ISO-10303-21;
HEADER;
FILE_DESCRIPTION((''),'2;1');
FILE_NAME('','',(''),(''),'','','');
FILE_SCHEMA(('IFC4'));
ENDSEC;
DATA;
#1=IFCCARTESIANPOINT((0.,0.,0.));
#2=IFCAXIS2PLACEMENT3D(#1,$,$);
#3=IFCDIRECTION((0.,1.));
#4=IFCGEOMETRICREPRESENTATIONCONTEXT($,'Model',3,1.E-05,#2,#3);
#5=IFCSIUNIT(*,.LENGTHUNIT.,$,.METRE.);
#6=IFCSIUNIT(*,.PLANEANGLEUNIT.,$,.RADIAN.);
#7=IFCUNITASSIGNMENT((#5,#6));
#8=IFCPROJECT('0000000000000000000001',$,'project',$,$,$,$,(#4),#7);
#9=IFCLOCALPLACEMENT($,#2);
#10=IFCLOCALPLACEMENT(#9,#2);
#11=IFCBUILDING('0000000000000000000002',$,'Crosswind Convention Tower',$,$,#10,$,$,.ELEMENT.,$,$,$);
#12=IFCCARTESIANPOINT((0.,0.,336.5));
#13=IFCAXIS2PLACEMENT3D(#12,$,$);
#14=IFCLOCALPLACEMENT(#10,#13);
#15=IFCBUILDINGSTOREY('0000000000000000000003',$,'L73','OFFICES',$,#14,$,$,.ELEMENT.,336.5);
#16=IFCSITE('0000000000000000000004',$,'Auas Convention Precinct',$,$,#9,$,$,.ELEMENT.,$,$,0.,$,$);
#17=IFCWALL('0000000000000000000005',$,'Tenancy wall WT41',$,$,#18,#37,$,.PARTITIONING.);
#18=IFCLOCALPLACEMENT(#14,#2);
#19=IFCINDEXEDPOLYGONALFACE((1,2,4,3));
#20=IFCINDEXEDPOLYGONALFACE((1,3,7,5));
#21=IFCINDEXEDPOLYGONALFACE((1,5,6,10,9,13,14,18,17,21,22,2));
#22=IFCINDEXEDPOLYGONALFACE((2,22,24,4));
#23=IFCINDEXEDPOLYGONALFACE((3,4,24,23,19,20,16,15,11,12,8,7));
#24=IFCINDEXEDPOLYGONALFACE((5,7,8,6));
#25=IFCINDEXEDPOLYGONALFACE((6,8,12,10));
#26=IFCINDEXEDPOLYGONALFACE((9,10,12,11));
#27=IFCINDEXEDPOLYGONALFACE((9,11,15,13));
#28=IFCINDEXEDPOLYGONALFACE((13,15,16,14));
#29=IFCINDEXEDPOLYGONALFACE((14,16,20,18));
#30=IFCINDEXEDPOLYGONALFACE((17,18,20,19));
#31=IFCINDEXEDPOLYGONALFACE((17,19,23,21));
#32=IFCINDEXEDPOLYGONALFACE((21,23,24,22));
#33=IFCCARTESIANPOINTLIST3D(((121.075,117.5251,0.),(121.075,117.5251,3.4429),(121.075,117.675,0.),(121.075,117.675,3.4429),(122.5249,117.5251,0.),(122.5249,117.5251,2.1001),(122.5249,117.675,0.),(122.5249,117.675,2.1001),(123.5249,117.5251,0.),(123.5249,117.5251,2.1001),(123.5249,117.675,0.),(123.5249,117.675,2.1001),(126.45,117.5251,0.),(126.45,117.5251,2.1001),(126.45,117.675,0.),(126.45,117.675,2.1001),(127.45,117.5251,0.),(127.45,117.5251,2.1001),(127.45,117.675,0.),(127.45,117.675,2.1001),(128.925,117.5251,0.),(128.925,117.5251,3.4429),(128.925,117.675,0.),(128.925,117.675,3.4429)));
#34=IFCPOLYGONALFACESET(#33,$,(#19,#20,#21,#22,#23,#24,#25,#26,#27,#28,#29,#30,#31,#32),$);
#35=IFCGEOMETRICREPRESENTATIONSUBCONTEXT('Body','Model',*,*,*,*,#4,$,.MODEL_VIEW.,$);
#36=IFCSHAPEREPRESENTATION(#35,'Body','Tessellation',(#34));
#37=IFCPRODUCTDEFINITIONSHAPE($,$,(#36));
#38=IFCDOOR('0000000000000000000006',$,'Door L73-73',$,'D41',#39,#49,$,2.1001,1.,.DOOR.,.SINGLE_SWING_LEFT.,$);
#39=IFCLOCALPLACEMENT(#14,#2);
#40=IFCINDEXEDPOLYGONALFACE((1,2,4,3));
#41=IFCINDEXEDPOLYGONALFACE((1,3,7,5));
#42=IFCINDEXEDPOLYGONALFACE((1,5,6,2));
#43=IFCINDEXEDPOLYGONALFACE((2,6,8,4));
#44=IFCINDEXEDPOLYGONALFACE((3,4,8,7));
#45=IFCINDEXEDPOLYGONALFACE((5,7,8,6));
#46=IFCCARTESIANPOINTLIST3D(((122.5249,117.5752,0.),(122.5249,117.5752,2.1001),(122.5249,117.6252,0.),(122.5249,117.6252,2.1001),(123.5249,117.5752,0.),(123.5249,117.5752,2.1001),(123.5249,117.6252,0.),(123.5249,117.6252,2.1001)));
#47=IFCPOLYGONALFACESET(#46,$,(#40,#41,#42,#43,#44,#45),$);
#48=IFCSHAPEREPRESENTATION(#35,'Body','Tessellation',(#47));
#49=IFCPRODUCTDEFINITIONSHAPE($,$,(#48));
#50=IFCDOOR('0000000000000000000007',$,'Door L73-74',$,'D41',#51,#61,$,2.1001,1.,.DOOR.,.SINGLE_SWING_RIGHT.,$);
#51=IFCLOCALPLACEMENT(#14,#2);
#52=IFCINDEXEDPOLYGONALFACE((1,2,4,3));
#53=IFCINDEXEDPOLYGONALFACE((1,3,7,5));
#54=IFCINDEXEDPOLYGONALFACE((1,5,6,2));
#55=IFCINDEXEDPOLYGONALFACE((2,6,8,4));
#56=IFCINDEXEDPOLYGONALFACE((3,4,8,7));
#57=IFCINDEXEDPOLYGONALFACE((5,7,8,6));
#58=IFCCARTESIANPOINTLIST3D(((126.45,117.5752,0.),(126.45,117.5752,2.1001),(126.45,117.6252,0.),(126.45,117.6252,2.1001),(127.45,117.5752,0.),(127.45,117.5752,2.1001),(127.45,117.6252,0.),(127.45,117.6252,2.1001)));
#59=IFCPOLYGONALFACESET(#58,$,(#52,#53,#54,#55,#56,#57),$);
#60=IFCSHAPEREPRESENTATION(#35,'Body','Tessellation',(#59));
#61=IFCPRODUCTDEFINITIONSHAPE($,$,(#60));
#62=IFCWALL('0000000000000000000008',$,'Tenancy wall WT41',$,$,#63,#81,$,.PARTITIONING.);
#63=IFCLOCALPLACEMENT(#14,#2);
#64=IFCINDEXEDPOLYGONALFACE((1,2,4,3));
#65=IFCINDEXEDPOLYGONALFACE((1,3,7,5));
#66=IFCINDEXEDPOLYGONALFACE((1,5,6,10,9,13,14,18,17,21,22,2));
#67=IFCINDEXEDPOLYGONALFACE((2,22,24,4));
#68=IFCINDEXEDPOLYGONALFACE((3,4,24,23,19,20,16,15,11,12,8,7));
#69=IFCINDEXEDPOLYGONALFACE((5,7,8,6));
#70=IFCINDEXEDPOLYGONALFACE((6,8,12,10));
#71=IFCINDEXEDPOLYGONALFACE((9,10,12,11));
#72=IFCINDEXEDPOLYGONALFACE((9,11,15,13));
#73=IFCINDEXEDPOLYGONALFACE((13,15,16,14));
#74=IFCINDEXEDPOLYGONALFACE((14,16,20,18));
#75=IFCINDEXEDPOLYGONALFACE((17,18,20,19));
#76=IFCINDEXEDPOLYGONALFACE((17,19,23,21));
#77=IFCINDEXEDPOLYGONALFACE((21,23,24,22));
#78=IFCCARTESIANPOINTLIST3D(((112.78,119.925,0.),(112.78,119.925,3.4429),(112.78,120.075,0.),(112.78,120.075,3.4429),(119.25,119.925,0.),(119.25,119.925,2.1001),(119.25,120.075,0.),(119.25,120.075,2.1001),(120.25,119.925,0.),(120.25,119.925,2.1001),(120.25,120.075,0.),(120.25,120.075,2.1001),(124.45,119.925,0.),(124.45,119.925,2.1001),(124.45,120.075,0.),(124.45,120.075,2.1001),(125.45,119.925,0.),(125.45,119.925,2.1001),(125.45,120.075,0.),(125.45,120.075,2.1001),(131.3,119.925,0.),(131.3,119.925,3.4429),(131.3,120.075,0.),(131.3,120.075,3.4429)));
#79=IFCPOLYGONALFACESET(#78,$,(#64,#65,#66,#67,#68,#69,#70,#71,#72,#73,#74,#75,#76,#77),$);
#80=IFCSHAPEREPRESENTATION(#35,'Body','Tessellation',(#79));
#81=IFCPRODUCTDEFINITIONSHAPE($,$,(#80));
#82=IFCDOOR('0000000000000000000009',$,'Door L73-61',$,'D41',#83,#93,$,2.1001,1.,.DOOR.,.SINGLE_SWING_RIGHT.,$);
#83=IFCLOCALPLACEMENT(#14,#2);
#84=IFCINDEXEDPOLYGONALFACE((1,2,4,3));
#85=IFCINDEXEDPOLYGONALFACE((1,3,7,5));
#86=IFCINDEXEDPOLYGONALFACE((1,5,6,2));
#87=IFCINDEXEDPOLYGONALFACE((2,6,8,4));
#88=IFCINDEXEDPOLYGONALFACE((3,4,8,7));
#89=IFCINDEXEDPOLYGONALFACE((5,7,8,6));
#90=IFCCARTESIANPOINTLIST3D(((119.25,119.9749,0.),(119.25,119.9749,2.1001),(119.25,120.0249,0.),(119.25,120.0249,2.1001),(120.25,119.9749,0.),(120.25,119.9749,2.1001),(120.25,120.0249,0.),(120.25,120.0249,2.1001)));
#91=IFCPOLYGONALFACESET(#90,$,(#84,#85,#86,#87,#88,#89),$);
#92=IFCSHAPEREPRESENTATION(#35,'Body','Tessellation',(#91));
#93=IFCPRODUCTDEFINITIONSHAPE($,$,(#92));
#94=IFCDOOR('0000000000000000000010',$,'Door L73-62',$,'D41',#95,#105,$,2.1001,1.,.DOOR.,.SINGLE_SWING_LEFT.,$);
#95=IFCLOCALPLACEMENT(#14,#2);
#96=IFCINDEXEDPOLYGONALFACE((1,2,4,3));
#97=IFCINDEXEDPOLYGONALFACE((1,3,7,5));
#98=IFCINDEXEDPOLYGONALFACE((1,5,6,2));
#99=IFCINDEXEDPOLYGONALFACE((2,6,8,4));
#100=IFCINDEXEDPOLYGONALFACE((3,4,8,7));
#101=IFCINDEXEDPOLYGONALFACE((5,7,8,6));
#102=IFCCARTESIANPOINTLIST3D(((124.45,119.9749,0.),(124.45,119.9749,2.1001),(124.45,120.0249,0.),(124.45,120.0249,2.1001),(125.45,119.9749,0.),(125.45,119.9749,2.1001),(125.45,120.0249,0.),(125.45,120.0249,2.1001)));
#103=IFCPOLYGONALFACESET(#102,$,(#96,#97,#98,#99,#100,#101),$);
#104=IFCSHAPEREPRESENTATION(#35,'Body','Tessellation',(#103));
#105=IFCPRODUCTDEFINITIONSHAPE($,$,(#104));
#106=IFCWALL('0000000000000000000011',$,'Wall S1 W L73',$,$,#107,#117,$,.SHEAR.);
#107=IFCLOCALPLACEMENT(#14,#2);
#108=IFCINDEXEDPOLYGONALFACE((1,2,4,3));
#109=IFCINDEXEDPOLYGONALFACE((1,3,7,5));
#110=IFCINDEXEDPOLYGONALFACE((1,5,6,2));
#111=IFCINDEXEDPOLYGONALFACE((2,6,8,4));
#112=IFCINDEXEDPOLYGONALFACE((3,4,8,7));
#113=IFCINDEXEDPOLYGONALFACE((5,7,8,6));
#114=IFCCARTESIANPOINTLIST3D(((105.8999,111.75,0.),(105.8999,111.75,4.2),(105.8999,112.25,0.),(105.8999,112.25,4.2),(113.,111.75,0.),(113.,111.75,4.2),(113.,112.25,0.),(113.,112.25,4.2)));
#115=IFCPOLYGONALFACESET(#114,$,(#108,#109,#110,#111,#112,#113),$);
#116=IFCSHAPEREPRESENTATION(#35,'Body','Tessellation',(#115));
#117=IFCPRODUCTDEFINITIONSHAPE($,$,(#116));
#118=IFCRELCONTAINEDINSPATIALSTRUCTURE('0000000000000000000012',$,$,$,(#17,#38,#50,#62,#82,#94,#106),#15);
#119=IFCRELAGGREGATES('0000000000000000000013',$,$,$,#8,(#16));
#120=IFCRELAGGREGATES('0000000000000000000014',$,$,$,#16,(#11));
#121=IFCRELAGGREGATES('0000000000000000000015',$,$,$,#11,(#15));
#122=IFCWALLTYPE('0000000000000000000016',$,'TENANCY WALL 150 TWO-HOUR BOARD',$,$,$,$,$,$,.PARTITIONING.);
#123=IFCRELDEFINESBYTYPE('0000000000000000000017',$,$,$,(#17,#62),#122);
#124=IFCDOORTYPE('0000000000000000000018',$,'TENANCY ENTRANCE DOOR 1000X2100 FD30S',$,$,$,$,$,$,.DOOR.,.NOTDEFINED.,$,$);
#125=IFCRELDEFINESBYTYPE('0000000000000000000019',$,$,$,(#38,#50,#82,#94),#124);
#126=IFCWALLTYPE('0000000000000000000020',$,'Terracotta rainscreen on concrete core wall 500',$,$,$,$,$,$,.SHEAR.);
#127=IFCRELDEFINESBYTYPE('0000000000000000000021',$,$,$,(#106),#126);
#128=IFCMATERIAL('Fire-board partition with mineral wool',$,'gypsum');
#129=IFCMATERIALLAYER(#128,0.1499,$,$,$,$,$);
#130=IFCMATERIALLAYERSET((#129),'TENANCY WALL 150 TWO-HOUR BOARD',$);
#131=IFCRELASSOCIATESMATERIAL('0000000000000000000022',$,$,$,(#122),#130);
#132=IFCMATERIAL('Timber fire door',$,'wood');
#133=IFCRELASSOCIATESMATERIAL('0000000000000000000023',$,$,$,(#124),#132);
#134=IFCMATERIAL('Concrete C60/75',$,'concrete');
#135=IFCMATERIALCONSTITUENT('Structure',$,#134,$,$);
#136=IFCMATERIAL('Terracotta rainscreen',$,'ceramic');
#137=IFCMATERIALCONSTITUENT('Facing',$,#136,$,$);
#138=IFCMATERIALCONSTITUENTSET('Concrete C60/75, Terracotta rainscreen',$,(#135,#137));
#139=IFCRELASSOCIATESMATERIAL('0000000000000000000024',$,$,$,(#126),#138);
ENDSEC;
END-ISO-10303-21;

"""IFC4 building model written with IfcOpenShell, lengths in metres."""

from ifc_helpers import new_model, si_unit, direction, frame, frame_2d, origin, place, context, subcontext, project, spatial, rectangle, extrude, material, layer, layer_set, constituent, constituent_set, type_object, element, fill, save


model = new_model("IFC4")

# Units and contexts
model_context = context("Model", 3, precision=1e-05, world=origin(), true_north=direction((0.0, 1.0)))
body_context = subcontext(model_context, "Body", "Model", "MODEL_VIEW")
ifc_project = project(units=[si_unit("LENGTHUNIT", "METRE"), si_unit("PLANEANGLEUNIT", "RADIAN")], contexts=[model_context])

# Site, building, storey
site_placement = place(None, origin())
site = spatial("IfcSite", under=ifc_project, at=site_placement, Name="Auas Convention Precinct", CompositionType="ELEMENT", RefElevation=0.0)
building_placement = place(site_placement, origin())
building = spatial("IfcBuilding", under=site, at=building_placement, Name="Crosswind Convention Tower", CompositionType="ELEMENT")
storey_placement = place(building_placement, frame((0.0, 0.0, 336.5)))
storey = spatial("IfcBuildingStorey", under=building, at=storey_placement, Name="L73", Description="OFFICES", CompositionType="ELEMENT", Elevation=336.5)

# Shared definitions
ifc_material_1 = material(Name="Concrete C60/75", Category="concrete")

# Shared definitions
ifc_material_2 = material(Name="Fire-board partition with mineral wool", Category="gypsum")
ifc_layer_1 = layer(ifc_material_2, 0.1499)
ifc_layer_set_1 = layer_set([ifc_layer_1], Name="TENANCY WALL 150 TWO-HOUR BOARD")
wall_type_1 = type_object("IfcWallType", Name="TENANCY WALL 150 TWO-HOUR BOARD", PredefinedType="PARTITIONING", material=ifc_layer_set_1)

# Walls, openings, doors
wall_1_placement = place(storey_placement, frame((121.075, 117.6001, 0.0), z_axis=(0.0, 0.0, 1.0), x_axis=(1.0, 0.0, 0.0)))
wall_1 = element("IfcWall", 1, at=wall_1_placement, inside=storey, type_object=wall_type_1, Name="Tenancy wall WT41", PredefinedType="PARTITIONING", context=body_context, shape_type="SweptSolid", body=[
    extrude(rectangle(XDim=7.8501, YDim=0.1499, at=frame_2d((3.925, 0.0))), origin(), (0.0, 0.0, 1.0), 3.4429),
])
opening_1_placement = place(wall_1_placement, frame((1.45, 0.0, 0.0)))
opening_1 = element("IfcOpeningElement", 2, at=opening_1_placement, cuts=wall_1, PredefinedType="OPENING", context=body_context, shape_type="SweptSolid", body=[
    extrude(rectangle(XDim=1.0, YDim=2.1001, at=frame_2d((0.5, 1.05))), frame((0.0, 0.085, 0.0), z_axis=(0.0, -1.0, 0.0), x_axis=(1.0, 0.0, 0.0)), (0.0, 0.0, 1.0), 0.1699),
])
opening_2_placement = place(wall_1_placement, frame((5.375, 0.0, 0.0)))
opening_2 = element("IfcOpeningElement", 3, at=opening_2_placement, cuts=wall_1, PredefinedType="OPENING", context=body_context, shape_type="SweptSolid", body=[
    extrude(rectangle(XDim=1.0, YDim=2.1001, at=frame_2d((0.5, 1.05))), frame((0.0, 0.085, 0.0), z_axis=(0.0, -1.0, 0.0), x_axis=(1.0, 0.0, 0.0)), (0.0, 0.0, 1.0), 0.1699),
])
ifc_material_3 = material(Name="Timber fire door", Category="wood")
door_type = type_object("IfcDoorType", Name="TENANCY ENTRANCE DOOR 1000X2100 FD30S", OperationType="NOTDEFINED", PredefinedType="DOOR", material=ifc_material_3)
door_1_placement = place(opening_1_placement, frame((1.0, 0.0, 0.0), z_axis=(0.0, 0.0, 1.0), x_axis=(-1.0, 0.0, 0.0)))
door_1 = element("IfcDoor", 4, at=door_1_placement, inside=storey, type_object=door_type, Name="Door L73-73", ObjectType="D41", OperationType="SINGLE_SWING_LEFT", OverallHeight=2.1001, OverallWidth=1.0, PredefinedType="DOOR", context=body_context, shape_type="SweptSolid", body=[
    extrude(rectangle(XDim=1.0, YDim=2.1001, at=frame_2d((0.5, 1.05))), frame((0.0, 0.0249, 0.0), z_axis=(0.0, -1.0, 0.0), x_axis=(1.0, 0.0, 0.0)), (0.0, 0.0, 1.0), 0.05),
])
fill(opening_1, door_1)
door_2_placement = place(opening_2_placement, frame((1.0, 0.0, 0.0), z_axis=(0.0, 0.0, 1.0), x_axis=(-1.0, 0.0, 0.0)))
door_2 = element("IfcDoor", 5, at=door_2_placement, inside=storey, type_object=door_type, Name="Door L73-74", ObjectType="D41", OperationType="SINGLE_SWING_RIGHT", OverallHeight=2.1001, OverallWidth=1.0, PredefinedType="DOOR", context=body_context, shape_type="SweptSolid", body=[
    extrude(rectangle(XDim=1.0, YDim=2.1001, at=frame_2d((0.5, 1.05))), frame((0.0, 0.0249, 0.0), z_axis=(0.0, -1.0, 0.0), x_axis=(1.0, 0.0, 0.0)), (0.0, 0.0, 1.0), 0.05),
])
fill(opening_2, door_2)
wall_2_placement = place(storey_placement, frame((112.78, 120.0, 0.0), z_axis=(0.0, 0.0, 1.0), x_axis=(1.0, 0.0, 0.0)))
wall_2 = element("IfcWall", 6, at=wall_2_placement, inside=storey, type_object=wall_type_1, Name="Tenancy wall WT41", PredefinedType="PARTITIONING", context=body_context, shape_type="SweptSolid", body=[
    extrude(rectangle(XDim=18.52, YDim=0.1499, at=frame_2d((9.26, 0.0))), origin(), (0.0, 0.0, 1.0), 3.4429),
])
opening_3_placement = place(wall_2_placement, frame((6.47, 0.0, 0.0)))
opening_3 = element("IfcOpeningElement", 7, at=opening_3_placement, cuts=wall_2, PredefinedType="OPENING", context=body_context, shape_type="SweptSolid", body=[
    extrude(rectangle(XDim=1.0, YDim=2.1001, at=frame_2d((0.5, 1.05))), frame((0.0, 0.085, 0.0), z_axis=(0.0, -1.0, 0.0), x_axis=(1.0, 0.0, 0.0)), (0.0, 0.0, 1.0), 0.1699),
])
opening_4_placement = place(wall_2_placement, frame((11.6699, 0.0, 0.0)))
opening_4 = element("IfcOpeningElement", 8, at=opening_4_placement, cuts=wall_2, PredefinedType="OPENING", context=body_context, shape_type="SweptSolid", body=[
    extrude(rectangle(XDim=1.0, YDim=2.1001, at=frame_2d((0.5, 1.05))), frame((0.0, 0.085, 0.0), z_axis=(0.0, -1.0, 0.0), x_axis=(1.0, 0.0, 0.0)), (0.0, 0.0, 1.0), 0.1699),
])
door_3_placement = place(opening_3_placement, origin())
door_3 = element("IfcDoor", 9, at=door_3_placement, inside=storey, type_object=door_type, Name="Door L73-61", ObjectType="D41", OperationType="SINGLE_SWING_RIGHT", OverallHeight=2.1001, OverallWidth=1.0, PredefinedType="DOOR", context=body_context, shape_type="SweptSolid", body=[
    extrude(rectangle(XDim=1.0, YDim=2.1001, at=frame_2d((0.5, 1.05))), frame((0.0, 0.0249, 0.0), z_axis=(0.0, -1.0, 0.0), x_axis=(1.0, 0.0, 0.0)), (0.0, 0.0, 1.0), 0.05),
])
fill(opening_3, door_3)
door_4_placement = place(opening_4_placement, origin())
door_4 = element("IfcDoor", 10, at=door_4_placement, inside=storey, type_object=door_type, Name="Door L73-62", ObjectType="D41", OperationType="SINGLE_SWING_LEFT", OverallHeight=2.1001, OverallWidth=1.0, PredefinedType="DOOR", context=body_context, shape_type="SweptSolid", body=[
    extrude(rectangle(XDim=1.0, YDim=2.1001, at=frame_2d((0.5, 1.05))), frame((0.0, 0.0249, 0.0), z_axis=(0.0, -1.0, 0.0), x_axis=(1.0, 0.0, 0.0)), (0.0, 0.0, 1.0), 0.05),
])
fill(opening_4, door_4)

# Wall
ifc_constituent_1 = constituent(ifc_material_1, Name="Structure")
ifc_material_4 = material(Name="Terracotta rainscreen", Category="ceramic")
ifc_constituent_2 = constituent(ifc_material_4, Name="Facing")
ifc_constituent_set = constituent_set(constituents=[ifc_constituent_1, ifc_constituent_2], Name="Concrete C60/75, Terracotta rainscreen")
wall_type_2 = type_object("IfcWallType", Name="Terracotta rainscreen on concrete core wall 500", PredefinedType="SHEAR", material=ifc_constituent_set)
wall_3_placement = place(storey_placement, frame((113.0, 112.0, 0.0), z_axis=(0.0, 0.0, 1.0), x_axis=(-1.0, 0.0, 0.0)))
element("IfcWall", 11, at=wall_3_placement, inside=storey, type_object=wall_type_2, Name="Wall S1 W L73", PredefinedType="SHEAR", context=body_context, shape_type="SweptSolid", body=[
    extrude(rectangle(XDim=7.1001, YDim=0.5, at=frame_2d((3.55, 0.0))), origin(), (0.0, 0.0, 1.0), 4.2),
])

save(model, "model.ifc")
